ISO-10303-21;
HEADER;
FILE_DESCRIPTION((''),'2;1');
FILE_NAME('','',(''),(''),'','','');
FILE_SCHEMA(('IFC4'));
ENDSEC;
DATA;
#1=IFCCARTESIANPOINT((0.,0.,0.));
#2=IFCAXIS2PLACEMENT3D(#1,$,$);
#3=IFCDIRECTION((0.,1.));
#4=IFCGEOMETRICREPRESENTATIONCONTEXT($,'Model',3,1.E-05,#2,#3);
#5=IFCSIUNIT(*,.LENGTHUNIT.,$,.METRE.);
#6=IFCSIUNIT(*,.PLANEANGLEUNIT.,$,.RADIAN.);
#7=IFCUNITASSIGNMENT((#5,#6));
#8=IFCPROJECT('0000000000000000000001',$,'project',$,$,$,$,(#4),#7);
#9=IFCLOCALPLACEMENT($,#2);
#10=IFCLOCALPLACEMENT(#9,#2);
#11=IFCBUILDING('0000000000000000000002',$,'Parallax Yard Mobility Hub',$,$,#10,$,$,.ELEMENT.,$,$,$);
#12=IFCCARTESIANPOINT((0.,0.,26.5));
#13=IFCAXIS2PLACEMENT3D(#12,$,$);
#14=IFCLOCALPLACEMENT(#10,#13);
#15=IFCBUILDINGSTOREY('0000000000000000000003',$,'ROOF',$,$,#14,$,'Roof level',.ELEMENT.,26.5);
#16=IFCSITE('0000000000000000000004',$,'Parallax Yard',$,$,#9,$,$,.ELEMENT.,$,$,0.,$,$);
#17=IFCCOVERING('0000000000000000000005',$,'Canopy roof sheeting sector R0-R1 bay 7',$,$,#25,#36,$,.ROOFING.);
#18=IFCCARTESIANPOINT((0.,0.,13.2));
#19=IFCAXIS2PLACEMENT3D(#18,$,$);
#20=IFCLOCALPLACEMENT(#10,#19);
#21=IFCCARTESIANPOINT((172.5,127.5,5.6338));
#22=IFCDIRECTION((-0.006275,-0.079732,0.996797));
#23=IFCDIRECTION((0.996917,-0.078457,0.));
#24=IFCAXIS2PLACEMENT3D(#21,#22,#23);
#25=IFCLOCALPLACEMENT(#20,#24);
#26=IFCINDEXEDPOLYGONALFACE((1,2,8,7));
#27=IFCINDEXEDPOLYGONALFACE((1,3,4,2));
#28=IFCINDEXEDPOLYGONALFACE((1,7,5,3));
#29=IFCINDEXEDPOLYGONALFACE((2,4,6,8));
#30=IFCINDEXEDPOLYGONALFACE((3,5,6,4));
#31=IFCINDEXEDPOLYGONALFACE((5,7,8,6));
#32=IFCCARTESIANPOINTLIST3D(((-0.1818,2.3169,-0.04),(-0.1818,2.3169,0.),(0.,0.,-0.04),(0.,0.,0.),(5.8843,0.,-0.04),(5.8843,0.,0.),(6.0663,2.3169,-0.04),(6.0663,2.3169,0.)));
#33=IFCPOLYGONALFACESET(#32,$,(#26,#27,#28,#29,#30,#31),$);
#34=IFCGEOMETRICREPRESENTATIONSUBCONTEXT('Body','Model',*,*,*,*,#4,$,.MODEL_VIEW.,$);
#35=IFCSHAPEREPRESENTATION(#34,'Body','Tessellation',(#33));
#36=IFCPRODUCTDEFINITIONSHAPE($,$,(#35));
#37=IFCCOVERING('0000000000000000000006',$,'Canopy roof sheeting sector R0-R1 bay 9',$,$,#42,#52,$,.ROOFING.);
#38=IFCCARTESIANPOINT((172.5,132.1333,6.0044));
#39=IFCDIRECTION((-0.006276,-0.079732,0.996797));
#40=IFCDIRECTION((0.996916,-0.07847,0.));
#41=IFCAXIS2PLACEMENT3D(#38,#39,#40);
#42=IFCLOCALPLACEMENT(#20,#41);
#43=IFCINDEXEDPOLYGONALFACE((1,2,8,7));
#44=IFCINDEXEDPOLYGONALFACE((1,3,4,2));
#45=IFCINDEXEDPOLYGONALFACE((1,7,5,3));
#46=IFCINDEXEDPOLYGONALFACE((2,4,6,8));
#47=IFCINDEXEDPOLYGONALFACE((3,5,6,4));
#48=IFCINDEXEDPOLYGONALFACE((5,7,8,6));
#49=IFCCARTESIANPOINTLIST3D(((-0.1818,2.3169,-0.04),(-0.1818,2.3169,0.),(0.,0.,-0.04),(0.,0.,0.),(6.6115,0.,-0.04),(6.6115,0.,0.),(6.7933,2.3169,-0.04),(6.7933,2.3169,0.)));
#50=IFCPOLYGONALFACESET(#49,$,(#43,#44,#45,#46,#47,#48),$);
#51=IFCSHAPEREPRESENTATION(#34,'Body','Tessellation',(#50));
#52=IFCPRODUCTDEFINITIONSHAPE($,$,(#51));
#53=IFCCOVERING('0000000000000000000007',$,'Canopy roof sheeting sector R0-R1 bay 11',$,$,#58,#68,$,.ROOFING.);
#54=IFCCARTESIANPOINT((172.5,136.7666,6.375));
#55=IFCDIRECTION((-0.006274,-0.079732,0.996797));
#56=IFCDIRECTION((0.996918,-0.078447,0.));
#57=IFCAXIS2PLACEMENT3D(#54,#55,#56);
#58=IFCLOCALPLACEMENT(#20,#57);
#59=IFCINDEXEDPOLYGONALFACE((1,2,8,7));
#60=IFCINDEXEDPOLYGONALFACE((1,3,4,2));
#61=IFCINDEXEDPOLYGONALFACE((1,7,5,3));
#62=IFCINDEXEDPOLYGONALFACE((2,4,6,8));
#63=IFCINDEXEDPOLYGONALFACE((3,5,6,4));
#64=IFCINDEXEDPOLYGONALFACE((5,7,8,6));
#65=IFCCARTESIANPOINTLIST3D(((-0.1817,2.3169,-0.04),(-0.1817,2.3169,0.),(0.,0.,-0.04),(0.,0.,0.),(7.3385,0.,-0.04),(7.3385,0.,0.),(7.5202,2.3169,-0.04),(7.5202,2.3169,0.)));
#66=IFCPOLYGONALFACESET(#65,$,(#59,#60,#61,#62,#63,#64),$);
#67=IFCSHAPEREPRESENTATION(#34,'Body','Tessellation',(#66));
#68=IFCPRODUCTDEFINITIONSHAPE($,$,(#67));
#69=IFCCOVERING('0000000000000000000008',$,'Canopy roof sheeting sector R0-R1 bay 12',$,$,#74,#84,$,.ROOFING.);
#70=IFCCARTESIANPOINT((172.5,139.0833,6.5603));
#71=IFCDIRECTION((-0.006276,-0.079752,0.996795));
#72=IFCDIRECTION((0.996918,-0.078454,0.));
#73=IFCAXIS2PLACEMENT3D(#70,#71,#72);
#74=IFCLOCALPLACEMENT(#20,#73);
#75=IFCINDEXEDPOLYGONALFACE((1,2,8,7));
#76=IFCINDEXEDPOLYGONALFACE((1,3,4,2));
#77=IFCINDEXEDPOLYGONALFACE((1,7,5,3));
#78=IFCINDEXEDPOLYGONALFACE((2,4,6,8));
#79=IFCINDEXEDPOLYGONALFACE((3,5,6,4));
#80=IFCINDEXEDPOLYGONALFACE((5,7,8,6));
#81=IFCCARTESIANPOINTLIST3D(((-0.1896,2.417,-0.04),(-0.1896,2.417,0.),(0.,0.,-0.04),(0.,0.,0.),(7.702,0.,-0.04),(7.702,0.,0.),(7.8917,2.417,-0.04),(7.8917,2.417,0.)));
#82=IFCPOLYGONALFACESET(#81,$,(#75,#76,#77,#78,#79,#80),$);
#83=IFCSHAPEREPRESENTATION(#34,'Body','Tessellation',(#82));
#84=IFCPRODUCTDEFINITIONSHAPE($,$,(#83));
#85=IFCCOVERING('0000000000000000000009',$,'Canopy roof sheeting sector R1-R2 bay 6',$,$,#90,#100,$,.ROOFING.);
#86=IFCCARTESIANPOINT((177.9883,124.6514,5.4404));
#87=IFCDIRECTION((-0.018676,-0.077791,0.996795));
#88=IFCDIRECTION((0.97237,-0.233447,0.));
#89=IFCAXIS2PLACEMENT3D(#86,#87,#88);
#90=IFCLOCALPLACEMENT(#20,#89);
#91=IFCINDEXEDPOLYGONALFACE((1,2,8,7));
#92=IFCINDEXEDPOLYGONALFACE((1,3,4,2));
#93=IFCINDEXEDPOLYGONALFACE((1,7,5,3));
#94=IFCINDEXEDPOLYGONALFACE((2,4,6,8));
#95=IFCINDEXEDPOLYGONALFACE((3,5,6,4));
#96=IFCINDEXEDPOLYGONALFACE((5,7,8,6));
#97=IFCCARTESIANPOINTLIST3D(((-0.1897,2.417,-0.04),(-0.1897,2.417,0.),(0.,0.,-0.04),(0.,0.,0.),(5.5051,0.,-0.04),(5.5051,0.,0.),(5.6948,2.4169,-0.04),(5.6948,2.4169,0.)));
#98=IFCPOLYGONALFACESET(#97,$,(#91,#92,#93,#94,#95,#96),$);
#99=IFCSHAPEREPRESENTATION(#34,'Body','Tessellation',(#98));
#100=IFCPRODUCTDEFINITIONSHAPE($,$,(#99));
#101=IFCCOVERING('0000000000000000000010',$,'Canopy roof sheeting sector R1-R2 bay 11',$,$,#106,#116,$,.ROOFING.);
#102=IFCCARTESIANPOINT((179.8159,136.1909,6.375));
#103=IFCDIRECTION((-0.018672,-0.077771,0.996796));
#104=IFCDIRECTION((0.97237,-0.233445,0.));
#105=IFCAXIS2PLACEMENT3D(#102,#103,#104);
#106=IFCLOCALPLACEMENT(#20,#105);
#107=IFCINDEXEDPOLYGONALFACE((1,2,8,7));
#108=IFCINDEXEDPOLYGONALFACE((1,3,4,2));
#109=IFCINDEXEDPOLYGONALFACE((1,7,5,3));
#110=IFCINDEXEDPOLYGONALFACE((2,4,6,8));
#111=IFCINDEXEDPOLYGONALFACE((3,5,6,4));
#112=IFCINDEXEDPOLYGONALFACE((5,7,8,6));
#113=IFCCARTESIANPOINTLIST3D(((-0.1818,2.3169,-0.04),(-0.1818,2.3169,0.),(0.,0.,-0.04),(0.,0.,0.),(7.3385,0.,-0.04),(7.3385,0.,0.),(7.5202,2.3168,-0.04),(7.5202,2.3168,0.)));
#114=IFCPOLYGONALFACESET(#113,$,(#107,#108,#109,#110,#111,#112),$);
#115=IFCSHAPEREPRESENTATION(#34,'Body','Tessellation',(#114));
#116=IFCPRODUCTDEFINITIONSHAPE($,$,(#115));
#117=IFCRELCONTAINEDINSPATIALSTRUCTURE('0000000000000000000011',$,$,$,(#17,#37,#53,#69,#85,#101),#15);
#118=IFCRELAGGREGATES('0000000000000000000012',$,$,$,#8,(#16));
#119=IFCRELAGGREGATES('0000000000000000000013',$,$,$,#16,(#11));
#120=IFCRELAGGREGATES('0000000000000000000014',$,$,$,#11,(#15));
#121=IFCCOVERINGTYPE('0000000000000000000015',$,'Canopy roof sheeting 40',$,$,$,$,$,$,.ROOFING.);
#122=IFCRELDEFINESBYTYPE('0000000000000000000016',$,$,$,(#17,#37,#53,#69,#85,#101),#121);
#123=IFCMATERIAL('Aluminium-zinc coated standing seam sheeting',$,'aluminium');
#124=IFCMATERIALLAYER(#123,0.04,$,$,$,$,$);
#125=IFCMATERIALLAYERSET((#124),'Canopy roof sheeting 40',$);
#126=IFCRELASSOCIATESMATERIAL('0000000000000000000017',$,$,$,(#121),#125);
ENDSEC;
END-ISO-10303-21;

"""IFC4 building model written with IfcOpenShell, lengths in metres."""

from ifc_helpers import new_model, si_unit, direction, frame, origin, place, context, subcontext, project, spatial, polyline, outline, extrude, material, layer, layer_set, type_object, element, save


model = new_model("IFC4")

# Units and contexts
model_context = context("Model", 3, precision=1e-05, world=origin(), true_north=direction((0.0, 1.0)))
body_context = subcontext(model_context, "Body", "Model", "MODEL_VIEW")
ifc_project = project(units=[si_unit("LENGTHUNIT", "METRE"), si_unit("PLANEANGLEUNIT", "RADIAN")], contexts=[model_context])

# Site, building, storey
site_placement = place(None, origin())
site = spatial("IfcSite", under=ifc_project, at=site_placement, Name="Parallax Yard", CompositionType="ELEMENT", RefElevation=0.0)
building_placement = place(site_placement, origin())
building = spatial("IfcBuilding", under=site, at=building_placement, Name="Parallax Yard Mobility Hub", CompositionType="ELEMENT")
storey_placement = place(building_placement, frame((0.0, 0.0, 26.5)))
storey = spatial("IfcBuildingStorey", under=building, at=storey_placement, Name="ROOF", LongName="Roof level", CompositionType="ELEMENT", Elevation=26.5)

# Shared definitions
placement = place(building_placement, frame((0.0, 0.0, 13.2)))

# Coverings
ifc_material_1 = material(Name="Aluminium-zinc coated standing seam sheeting", Category="aluminium")
ifc_layer_1 = layer(ifc_material_1, 0.04)
ifc_layer_set_1 = layer_set([ifc_layer_1], Name="Canopy roof sheeting 40")
covering_type = type_object("IfcCoveringType", Name="Canopy roof sheeting 40", PredefinedType="ROOFING", material=ifc_layer_set_1)
covering_1_placement = place(placement, frame((172.5, 127.5, 5.6338), z_axis=(-0.006275, -0.079732, 0.996797), x_axis=(0.996917, -0.078457, 0.0)))
element("IfcCovering", 1, at=covering_1_placement, inside=storey, type_object=covering_type, Name="Canopy roof sheeting sector R0-R1 bay 7", PredefinedType="ROOFING", context=body_context, shape_type="SweptSolid", body=[
    extrude(outline(polyline([(0.0, 0.0), (5.8843, 0.0), (6.0663, 2.3169), (-0.1818, 2.3169), (0.0, 0.0)])), origin(), (0.0, 0.0, -1.0), 0.04),
])
covering_2_placement = place(placement, frame((172.5, 132.1333, 6.0044), z_axis=(-0.006276, -0.079732, 0.996797), x_axis=(0.996916, -0.07847, 0.0)))
element("IfcCovering", 2, at=covering_2_placement, inside=storey, type_object=covering_type, Name="Canopy roof sheeting sector R0-R1 bay 9", PredefinedType="ROOFING", context=body_context, shape_type="SweptSolid", body=[
    extrude(outline(polyline([(0.0, 0.0), (6.6115, 0.0), (6.7933, 2.3169), (-0.1818, 2.3169), (0.0, 0.0)])), origin(), (0.0, 0.0, -1.0), 0.04),
])
covering_3_placement = place(placement, frame((172.5, 136.7666, 6.375), z_axis=(-0.006274, -0.079732, 0.996797), x_axis=(0.996918, -0.078447, 0.0)))
element("IfcCovering", 3, at=covering_3_placement, inside=storey, type_object=covering_type, Name="Canopy roof sheeting sector R0-R1 bay 11", PredefinedType="ROOFING", context=body_context, shape_type="SweptSolid", body=[
    extrude(outline(polyline([(0.0, 0.0), (7.3385, 0.0), (7.5202, 2.3169), (-0.1817, 2.3169), (0.0, 0.0)])), origin(), (0.0, 0.0, -1.0), 0.04),
])
covering_4_placement = place(placement, frame((172.5, 139.0833, 6.5603), z_axis=(-0.006276, -0.079752, 0.996795), x_axis=(0.996918, -0.078454, 0.0)))
element("IfcCovering", 4, at=covering_4_placement, inside=storey, type_object=covering_type, Name="Canopy roof sheeting sector R0-R1 bay 12", PredefinedType="ROOFING", context=body_context, shape_type="SweptSolid", body=[
    extrude(outline(polyline([(0.0, 0.0), (7.702, 0.0), (7.8917, 2.417), (-0.1896, 2.417), (0.0, 0.0)])), origin(), (0.0, 0.0, -1.0), 0.04),
])
covering_5_placement = place(placement, frame((177.9883, 124.6514, 5.4404), z_axis=(-0.018676, -0.077791, 0.996795), x_axis=(0.97237, -0.233447, 0.0)))
element("IfcCovering", 5, at=covering_5_placement, inside=storey, type_object=covering_type, Name="Canopy roof sheeting sector R1-R2 bay 6", PredefinedType="ROOFING", context=body_context, shape_type="SweptSolid", body=[
    extrude(outline(polyline([(0.0, 0.0), (5.5051, 0.0), (5.6948, 2.4169), (-0.1897, 2.417), (0.0, 0.0)])), origin(), (0.0, 0.0, -1.0), 0.04),
])
covering_6_placement = place(placement, frame((179.8159, 136.1909, 6.375), z_axis=(-0.018672, -0.077771, 0.996796), x_axis=(0.97237, -0.233445, 0.0)))
element("IfcCovering", 6, at=covering_6_placement, inside=storey, type_object=covering_type, Name="Canopy roof sheeting sector R1-R2 bay 11", PredefinedType="ROOFING", context=body_context, shape_type="SweptSolid", body=[
    extrude(outline(polyline([(0.0, 0.0), (7.3385, 0.0), (7.5202, 2.3168), (-0.1818, 2.3169), (0.0, 0.0)])), origin(), (0.0, 0.0, -1.0), 0.04),
])

save(model, "model.ifc")
